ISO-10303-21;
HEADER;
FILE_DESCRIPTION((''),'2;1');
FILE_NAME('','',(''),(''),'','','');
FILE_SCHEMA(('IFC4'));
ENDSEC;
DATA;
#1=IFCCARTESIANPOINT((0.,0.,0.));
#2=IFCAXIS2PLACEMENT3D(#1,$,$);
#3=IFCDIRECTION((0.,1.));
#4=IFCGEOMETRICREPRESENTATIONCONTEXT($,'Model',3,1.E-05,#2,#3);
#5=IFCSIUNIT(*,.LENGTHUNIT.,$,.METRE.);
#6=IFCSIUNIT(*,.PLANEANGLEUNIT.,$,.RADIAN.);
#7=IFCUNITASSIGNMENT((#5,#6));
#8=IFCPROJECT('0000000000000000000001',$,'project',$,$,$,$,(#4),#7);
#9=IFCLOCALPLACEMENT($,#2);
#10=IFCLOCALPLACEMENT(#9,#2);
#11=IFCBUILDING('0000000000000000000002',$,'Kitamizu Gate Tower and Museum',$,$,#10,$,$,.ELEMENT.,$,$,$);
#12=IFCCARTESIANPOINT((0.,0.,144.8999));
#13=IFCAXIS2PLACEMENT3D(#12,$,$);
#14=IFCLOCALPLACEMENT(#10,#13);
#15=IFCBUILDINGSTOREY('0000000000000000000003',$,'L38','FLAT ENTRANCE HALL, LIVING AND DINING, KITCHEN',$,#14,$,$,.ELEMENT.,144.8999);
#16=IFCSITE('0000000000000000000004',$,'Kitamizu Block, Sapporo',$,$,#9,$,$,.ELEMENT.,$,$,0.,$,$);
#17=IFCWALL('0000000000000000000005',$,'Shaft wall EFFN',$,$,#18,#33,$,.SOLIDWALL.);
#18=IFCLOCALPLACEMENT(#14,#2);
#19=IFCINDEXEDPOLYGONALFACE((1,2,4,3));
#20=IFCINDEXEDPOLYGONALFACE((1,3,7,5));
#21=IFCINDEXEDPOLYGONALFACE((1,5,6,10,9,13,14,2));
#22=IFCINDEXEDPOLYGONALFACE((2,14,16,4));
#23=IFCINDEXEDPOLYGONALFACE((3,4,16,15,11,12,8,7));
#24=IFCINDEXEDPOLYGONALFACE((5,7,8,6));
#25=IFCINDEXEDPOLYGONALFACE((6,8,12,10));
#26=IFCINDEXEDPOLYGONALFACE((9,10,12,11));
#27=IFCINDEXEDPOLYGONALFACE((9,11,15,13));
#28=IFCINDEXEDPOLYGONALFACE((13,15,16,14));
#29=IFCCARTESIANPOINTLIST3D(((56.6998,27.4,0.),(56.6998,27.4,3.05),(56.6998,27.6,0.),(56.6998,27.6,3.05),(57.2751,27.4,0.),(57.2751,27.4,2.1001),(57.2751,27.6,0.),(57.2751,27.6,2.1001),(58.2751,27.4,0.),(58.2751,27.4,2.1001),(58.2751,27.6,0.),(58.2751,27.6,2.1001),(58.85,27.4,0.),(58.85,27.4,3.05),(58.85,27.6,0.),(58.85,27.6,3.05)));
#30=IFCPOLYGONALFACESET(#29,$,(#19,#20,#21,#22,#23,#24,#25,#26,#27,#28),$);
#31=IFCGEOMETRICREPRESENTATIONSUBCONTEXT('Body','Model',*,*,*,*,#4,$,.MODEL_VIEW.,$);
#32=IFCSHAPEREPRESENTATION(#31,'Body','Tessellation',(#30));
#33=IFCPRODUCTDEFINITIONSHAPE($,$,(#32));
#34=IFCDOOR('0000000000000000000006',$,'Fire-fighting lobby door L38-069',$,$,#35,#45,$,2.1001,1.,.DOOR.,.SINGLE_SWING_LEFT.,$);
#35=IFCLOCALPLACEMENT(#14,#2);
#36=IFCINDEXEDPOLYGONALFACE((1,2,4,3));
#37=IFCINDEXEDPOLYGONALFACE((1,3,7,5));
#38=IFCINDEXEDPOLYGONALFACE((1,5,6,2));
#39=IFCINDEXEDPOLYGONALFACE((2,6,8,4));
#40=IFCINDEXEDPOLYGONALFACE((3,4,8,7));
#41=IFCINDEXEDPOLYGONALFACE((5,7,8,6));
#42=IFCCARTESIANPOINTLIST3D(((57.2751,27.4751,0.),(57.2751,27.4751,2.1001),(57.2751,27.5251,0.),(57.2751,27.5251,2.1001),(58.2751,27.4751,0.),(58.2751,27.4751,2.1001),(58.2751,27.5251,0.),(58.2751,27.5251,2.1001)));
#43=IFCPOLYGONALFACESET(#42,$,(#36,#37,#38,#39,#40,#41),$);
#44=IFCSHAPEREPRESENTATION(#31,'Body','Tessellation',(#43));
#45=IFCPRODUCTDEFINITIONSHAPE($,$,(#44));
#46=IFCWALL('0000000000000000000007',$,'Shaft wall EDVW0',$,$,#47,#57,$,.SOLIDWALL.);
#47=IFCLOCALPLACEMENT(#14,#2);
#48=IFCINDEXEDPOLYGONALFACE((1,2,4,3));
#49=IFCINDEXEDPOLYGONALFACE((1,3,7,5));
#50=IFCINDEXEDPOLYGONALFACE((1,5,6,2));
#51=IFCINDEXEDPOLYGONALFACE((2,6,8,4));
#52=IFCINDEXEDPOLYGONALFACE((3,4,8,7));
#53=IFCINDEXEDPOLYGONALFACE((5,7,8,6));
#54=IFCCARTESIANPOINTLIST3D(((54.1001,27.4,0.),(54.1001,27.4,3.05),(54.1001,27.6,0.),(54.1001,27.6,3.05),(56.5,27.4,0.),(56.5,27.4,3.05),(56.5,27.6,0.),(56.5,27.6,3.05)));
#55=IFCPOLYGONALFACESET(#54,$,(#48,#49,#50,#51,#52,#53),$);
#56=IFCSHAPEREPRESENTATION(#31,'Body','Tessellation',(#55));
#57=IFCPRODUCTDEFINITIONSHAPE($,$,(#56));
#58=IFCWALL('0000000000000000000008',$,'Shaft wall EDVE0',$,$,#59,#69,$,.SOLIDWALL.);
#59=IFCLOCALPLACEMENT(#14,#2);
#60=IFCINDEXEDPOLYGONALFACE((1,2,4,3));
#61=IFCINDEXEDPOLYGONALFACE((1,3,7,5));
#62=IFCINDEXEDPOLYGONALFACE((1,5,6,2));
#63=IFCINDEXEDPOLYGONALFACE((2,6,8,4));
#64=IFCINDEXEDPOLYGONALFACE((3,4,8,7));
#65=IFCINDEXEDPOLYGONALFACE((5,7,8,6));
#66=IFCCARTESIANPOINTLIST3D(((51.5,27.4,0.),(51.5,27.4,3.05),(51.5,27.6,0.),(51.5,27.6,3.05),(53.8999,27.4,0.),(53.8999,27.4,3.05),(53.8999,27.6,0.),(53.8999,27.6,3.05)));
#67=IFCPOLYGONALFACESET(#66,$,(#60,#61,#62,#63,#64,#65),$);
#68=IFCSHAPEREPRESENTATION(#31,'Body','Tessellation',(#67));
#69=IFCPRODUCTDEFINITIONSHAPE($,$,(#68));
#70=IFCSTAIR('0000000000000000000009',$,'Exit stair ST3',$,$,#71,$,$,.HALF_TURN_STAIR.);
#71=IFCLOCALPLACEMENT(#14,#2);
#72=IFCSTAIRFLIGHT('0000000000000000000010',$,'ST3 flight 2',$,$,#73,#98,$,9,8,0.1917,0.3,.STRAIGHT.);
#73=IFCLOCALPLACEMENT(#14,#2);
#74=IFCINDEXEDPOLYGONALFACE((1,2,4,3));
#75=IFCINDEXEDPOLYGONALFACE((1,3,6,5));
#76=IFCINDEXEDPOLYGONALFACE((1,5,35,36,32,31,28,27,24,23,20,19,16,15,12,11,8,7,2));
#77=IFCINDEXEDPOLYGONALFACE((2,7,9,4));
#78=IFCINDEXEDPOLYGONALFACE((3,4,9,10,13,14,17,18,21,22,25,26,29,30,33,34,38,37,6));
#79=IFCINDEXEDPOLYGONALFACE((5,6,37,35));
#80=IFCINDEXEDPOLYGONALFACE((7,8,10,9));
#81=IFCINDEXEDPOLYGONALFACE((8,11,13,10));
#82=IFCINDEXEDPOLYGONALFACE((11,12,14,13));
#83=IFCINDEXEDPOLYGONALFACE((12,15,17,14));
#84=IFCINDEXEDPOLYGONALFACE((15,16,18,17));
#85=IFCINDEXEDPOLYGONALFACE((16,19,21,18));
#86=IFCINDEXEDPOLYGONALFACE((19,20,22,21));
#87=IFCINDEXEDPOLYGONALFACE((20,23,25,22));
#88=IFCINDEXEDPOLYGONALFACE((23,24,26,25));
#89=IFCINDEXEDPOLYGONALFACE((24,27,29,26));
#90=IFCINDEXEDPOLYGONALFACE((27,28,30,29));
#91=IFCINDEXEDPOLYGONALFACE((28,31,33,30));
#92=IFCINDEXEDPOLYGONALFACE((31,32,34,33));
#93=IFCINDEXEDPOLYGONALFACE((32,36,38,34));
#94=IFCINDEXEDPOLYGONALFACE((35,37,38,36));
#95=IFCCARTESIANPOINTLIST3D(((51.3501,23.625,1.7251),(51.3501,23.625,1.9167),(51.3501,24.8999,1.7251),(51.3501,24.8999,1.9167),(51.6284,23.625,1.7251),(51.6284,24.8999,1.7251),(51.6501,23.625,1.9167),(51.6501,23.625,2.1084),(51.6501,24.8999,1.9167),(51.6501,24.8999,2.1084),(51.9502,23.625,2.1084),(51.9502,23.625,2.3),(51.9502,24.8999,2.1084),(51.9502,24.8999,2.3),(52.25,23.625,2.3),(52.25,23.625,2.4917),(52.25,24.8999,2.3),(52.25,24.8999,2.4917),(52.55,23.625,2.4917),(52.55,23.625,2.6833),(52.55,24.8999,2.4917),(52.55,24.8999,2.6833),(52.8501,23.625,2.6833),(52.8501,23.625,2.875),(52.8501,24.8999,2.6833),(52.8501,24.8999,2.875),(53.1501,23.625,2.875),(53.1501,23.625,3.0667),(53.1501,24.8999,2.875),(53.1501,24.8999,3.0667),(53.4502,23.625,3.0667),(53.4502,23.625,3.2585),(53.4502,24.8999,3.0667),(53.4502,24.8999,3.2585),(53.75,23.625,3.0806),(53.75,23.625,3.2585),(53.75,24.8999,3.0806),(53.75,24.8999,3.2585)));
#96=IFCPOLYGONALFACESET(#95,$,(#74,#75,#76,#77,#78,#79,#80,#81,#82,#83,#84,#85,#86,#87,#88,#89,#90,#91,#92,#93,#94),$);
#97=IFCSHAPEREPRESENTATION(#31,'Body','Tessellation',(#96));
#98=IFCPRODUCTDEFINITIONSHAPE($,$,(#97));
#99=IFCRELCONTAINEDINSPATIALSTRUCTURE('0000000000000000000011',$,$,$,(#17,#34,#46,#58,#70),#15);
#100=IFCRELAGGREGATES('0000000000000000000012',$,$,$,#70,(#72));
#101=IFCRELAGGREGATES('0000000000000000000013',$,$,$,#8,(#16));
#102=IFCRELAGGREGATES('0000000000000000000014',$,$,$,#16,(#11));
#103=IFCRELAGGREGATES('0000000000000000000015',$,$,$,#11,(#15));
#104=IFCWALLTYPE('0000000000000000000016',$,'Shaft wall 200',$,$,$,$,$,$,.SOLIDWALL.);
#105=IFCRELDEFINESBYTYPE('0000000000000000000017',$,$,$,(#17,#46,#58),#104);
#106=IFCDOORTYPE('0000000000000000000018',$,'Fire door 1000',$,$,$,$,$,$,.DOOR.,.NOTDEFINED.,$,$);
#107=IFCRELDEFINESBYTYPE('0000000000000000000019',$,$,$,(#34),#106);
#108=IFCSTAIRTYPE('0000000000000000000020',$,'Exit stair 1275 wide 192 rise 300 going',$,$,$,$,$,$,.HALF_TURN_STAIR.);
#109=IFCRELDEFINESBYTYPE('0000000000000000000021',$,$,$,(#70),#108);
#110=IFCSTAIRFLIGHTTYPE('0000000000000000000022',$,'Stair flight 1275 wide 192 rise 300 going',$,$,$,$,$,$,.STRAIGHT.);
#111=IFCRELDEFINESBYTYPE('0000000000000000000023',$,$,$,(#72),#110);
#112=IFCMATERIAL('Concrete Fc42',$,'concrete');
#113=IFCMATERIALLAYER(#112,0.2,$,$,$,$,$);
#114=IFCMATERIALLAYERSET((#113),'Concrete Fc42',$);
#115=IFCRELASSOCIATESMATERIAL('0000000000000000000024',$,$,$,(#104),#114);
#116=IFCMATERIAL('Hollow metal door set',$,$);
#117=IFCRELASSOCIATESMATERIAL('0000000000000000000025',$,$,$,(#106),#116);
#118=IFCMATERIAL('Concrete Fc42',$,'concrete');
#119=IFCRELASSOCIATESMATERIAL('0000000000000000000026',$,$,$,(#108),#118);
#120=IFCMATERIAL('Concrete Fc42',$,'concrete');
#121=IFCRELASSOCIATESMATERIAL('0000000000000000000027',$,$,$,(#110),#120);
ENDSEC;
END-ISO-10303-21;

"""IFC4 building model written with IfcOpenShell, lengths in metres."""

from ifc_helpers import new_model, si_unit, direction, frame, frame_2d, origin, place, context, subcontext, project, spatial, polyline, rectangle, outline, extrude, material, layer, layer_set, type_object, element, fill, aggregate, save


model = new_model("IFC4")

# Units and contexts
model_context = context("Model", 3, precision=1e-05, world=origin(), true_north=direction((0.0, 1.0)))
body_context = subcontext(model_context, "Body", "Model", "MODEL_VIEW")
ifc_project = project(units=[si_unit("LENGTHUNIT", "METRE"), si_unit("PLANEANGLEUNIT", "RADIAN")], contexts=[model_context])

# Site, building, storey
site_placement = place(None, origin())
site = spatial("IfcSite", under=ifc_project, at=site_placement, Name="Kitamizu Block, Sapporo", CompositionType="ELEMENT", RefElevation=0.0)
building_placement = place(site_placement, origin())
building = spatial("IfcBuilding", under=site, at=building_placement, Name="Kitamizu Gate Tower and Museum", CompositionType="ELEMENT")
storey_placement = place(building_placement, frame((0.0, 0.0, 144.8999)))
storey = spatial("IfcBuildingStorey", under=building, at=storey_placement, Name="L38", Description="FLAT ENTRANCE HALL, LIVING AND DINING, KITCHEN", CompositionType="ELEMENT", Elevation=144.8999)

# Shared definitions
ifc_material_1 = material(Name="Concrete Fc42", Category="concrete")
ifc_layer_1 = layer(ifc_material_1, 0.2)
ifc_layer_set_1 = layer_set([ifc_layer_1], Name="Concrete Fc42")
wall_type_1 = type_object("IfcWallType", Name="Shaft wall 200", PredefinedType="SOLIDWALL", material=ifc_layer_set_1)
ifc_material_2 = material(Name="Hollow metal door set")
door_type_1 = type_object("IfcDoorType", Name="Fire door 1000", OperationType="NOTDEFINED", PredefinedType="DOOR", material=ifc_material_2)

# Wall, opening, door
wall_1_placement = place(storey_placement, frame((58.8501, 27.5, 0.0), z_axis=(0.0, 0.0, 1.0), x_axis=(-1.0, 0.0, 0.0)))
wall_1 = element("IfcWall", 1, at=wall_1_placement, inside=storey, type_object=wall_type_1, Name="Shaft wall EFFN", PredefinedType="SOLIDWALL", context=body_context, shape_type="SweptSolid", body=[
    extrude(rectangle(XDim=2.1501, YDim=0.2, at=frame_2d((1.0752, 0.0))), origin(), (0.0, 0.0, 1.0), 3.05),
])
opening_1_placement = place(wall_1_placement, frame((0.575, 0.0, 0.0)))
opening_1 = element("IfcOpeningElement", 2, at=opening_1_placement, cuts=wall_1, PredefinedType="OPENING", context=body_context, shape_type="SweptSolid", body=[
    extrude(rectangle(XDim=1.0, YDim=2.1001, at=frame_2d((0.5, 1.05))), frame((0.0, 0.1099, 0.0), z_axis=(0.0, -1.0, 0.0), x_axis=(1.0, 0.0, 0.0)), (0.0, 0.0, 1.0), 0.22),
])
door_1_placement = place(opening_1_placement, origin())
door_1 = element("IfcDoor", 3, at=door_1_placement, inside=storey, type_object=door_type_1, Name="Fire-fighting lobby door L38-069", OperationType="SINGLE_SWING_LEFT", OverallHeight=2.1001, OverallWidth=1.0, PredefinedType="DOOR", context=body_context, shape_type="SweptSolid", body=[
    extrude(rectangle(XDim=1.0, YDim=2.1001, at=frame_2d((0.5, 1.05))), frame((0.0, 0.0249, 0.0), z_axis=(0.0, -1.0, 0.0), x_axis=(1.0, 0.0, 0.0)), (0.0, 0.0, 1.0), 0.05),
])
fill(opening_1, door_1)

# Walls
for number, where, z_axis, x_axis, name in (
    (4, (56.5, 27.5, 0.0), (0.0, 0.0, 1.0), (-1.0, 0.0, 0.0), "Shaft wall EDVW0"),
    (5, (53.8999, 27.5, 0.0), (0.0, 0.0, 1.0), (-1.0, 0.0, 0.0), "Shaft wall EDVE0"),
):
    element("IfcWall", number, at=place(storey_placement, frame(where, z_axis=z_axis, x_axis=x_axis)), inside=storey, type_object=wall_type_1, Name=name, PredefinedType="SOLIDWALL", context=body_context, shape_type="SweptSolid", body=[
        extrude(rectangle(XDim=2.3999, YDim=0.2, at=frame_2d((1.2, 0.0))), origin(), (0.0, 0.0, 1.0), 3.05),
    ])

# Stair, stair flight
ifc_material_3 = material(Name="Concrete Fc42", Category="concrete")
stair_type = type_object("IfcStairType", Name="Exit stair 1275 wide 192 rise 300 going", PredefinedType="HALF_TURN_STAIR", material=ifc_material_3)
stair_placement = place(storey_placement, origin())
stair = element("IfcStair", 6, at=stair_placement, inside=storey, type_object=stair_type, Name="Exit stair ST3", PredefinedType="HALF_TURN_STAIR")
ifc_material_4 = material(Name="Concrete Fc42", Category="concrete")
stair_flight_type = type_object("IfcStairFlightType", Name="Stair flight 1275 wide 192 rise 300 going", PredefinedType="STRAIGHT", material=ifc_material_4)
stair_flight_placement = place(storey_placement, frame((51.3501, 24.2625, 1.7251), z_axis=(0.0, 0.0, 1.0), x_axis=(1.0, 0.0, 0.0)))
stair_flight = element("IfcStairFlight", 7, at=stair_flight_placement, type_object=stair_flight_type, Name="ST3 flight 2", NumberOfRisers=9, NumberOfTreads=8, PredefinedType="STRAIGHT", RiserHeight=0.1917, TreadLength=0.3, context=body_context, shape_type="SweptSolid", body=[
    extrude(outline(polyline([(0.0, 0.0), (0.0, 0.1917), (0.3, 0.1917), (0.3, 0.3833), (0.6001, 0.3833), (0.6001, 0.575), (0.8999, 0.575), (0.8999, 0.7666), (1.2, 0.7666), (1.2, 0.9583), (1.5, 0.9583), (1.5, 1.1499), (1.8, 1.1499), (1.8, 1.3416), (2.1001, 1.3416), (2.1001, 1.5334), (2.3999, 1.5334), (2.3999, 1.7251), (2.3999, 1.3555), (0.2783, 0.0), (0.0, 0.0)])), frame((0.0, 0.6375, 0.0), z_axis=(0.0, -1.0, 0.0), x_axis=(1.0, 0.0, 0.0)), (0.0, 0.0, 1.0), 1.2749),
])
aggregate(stair, [stair_flight])

save(model, "model.ifc")
